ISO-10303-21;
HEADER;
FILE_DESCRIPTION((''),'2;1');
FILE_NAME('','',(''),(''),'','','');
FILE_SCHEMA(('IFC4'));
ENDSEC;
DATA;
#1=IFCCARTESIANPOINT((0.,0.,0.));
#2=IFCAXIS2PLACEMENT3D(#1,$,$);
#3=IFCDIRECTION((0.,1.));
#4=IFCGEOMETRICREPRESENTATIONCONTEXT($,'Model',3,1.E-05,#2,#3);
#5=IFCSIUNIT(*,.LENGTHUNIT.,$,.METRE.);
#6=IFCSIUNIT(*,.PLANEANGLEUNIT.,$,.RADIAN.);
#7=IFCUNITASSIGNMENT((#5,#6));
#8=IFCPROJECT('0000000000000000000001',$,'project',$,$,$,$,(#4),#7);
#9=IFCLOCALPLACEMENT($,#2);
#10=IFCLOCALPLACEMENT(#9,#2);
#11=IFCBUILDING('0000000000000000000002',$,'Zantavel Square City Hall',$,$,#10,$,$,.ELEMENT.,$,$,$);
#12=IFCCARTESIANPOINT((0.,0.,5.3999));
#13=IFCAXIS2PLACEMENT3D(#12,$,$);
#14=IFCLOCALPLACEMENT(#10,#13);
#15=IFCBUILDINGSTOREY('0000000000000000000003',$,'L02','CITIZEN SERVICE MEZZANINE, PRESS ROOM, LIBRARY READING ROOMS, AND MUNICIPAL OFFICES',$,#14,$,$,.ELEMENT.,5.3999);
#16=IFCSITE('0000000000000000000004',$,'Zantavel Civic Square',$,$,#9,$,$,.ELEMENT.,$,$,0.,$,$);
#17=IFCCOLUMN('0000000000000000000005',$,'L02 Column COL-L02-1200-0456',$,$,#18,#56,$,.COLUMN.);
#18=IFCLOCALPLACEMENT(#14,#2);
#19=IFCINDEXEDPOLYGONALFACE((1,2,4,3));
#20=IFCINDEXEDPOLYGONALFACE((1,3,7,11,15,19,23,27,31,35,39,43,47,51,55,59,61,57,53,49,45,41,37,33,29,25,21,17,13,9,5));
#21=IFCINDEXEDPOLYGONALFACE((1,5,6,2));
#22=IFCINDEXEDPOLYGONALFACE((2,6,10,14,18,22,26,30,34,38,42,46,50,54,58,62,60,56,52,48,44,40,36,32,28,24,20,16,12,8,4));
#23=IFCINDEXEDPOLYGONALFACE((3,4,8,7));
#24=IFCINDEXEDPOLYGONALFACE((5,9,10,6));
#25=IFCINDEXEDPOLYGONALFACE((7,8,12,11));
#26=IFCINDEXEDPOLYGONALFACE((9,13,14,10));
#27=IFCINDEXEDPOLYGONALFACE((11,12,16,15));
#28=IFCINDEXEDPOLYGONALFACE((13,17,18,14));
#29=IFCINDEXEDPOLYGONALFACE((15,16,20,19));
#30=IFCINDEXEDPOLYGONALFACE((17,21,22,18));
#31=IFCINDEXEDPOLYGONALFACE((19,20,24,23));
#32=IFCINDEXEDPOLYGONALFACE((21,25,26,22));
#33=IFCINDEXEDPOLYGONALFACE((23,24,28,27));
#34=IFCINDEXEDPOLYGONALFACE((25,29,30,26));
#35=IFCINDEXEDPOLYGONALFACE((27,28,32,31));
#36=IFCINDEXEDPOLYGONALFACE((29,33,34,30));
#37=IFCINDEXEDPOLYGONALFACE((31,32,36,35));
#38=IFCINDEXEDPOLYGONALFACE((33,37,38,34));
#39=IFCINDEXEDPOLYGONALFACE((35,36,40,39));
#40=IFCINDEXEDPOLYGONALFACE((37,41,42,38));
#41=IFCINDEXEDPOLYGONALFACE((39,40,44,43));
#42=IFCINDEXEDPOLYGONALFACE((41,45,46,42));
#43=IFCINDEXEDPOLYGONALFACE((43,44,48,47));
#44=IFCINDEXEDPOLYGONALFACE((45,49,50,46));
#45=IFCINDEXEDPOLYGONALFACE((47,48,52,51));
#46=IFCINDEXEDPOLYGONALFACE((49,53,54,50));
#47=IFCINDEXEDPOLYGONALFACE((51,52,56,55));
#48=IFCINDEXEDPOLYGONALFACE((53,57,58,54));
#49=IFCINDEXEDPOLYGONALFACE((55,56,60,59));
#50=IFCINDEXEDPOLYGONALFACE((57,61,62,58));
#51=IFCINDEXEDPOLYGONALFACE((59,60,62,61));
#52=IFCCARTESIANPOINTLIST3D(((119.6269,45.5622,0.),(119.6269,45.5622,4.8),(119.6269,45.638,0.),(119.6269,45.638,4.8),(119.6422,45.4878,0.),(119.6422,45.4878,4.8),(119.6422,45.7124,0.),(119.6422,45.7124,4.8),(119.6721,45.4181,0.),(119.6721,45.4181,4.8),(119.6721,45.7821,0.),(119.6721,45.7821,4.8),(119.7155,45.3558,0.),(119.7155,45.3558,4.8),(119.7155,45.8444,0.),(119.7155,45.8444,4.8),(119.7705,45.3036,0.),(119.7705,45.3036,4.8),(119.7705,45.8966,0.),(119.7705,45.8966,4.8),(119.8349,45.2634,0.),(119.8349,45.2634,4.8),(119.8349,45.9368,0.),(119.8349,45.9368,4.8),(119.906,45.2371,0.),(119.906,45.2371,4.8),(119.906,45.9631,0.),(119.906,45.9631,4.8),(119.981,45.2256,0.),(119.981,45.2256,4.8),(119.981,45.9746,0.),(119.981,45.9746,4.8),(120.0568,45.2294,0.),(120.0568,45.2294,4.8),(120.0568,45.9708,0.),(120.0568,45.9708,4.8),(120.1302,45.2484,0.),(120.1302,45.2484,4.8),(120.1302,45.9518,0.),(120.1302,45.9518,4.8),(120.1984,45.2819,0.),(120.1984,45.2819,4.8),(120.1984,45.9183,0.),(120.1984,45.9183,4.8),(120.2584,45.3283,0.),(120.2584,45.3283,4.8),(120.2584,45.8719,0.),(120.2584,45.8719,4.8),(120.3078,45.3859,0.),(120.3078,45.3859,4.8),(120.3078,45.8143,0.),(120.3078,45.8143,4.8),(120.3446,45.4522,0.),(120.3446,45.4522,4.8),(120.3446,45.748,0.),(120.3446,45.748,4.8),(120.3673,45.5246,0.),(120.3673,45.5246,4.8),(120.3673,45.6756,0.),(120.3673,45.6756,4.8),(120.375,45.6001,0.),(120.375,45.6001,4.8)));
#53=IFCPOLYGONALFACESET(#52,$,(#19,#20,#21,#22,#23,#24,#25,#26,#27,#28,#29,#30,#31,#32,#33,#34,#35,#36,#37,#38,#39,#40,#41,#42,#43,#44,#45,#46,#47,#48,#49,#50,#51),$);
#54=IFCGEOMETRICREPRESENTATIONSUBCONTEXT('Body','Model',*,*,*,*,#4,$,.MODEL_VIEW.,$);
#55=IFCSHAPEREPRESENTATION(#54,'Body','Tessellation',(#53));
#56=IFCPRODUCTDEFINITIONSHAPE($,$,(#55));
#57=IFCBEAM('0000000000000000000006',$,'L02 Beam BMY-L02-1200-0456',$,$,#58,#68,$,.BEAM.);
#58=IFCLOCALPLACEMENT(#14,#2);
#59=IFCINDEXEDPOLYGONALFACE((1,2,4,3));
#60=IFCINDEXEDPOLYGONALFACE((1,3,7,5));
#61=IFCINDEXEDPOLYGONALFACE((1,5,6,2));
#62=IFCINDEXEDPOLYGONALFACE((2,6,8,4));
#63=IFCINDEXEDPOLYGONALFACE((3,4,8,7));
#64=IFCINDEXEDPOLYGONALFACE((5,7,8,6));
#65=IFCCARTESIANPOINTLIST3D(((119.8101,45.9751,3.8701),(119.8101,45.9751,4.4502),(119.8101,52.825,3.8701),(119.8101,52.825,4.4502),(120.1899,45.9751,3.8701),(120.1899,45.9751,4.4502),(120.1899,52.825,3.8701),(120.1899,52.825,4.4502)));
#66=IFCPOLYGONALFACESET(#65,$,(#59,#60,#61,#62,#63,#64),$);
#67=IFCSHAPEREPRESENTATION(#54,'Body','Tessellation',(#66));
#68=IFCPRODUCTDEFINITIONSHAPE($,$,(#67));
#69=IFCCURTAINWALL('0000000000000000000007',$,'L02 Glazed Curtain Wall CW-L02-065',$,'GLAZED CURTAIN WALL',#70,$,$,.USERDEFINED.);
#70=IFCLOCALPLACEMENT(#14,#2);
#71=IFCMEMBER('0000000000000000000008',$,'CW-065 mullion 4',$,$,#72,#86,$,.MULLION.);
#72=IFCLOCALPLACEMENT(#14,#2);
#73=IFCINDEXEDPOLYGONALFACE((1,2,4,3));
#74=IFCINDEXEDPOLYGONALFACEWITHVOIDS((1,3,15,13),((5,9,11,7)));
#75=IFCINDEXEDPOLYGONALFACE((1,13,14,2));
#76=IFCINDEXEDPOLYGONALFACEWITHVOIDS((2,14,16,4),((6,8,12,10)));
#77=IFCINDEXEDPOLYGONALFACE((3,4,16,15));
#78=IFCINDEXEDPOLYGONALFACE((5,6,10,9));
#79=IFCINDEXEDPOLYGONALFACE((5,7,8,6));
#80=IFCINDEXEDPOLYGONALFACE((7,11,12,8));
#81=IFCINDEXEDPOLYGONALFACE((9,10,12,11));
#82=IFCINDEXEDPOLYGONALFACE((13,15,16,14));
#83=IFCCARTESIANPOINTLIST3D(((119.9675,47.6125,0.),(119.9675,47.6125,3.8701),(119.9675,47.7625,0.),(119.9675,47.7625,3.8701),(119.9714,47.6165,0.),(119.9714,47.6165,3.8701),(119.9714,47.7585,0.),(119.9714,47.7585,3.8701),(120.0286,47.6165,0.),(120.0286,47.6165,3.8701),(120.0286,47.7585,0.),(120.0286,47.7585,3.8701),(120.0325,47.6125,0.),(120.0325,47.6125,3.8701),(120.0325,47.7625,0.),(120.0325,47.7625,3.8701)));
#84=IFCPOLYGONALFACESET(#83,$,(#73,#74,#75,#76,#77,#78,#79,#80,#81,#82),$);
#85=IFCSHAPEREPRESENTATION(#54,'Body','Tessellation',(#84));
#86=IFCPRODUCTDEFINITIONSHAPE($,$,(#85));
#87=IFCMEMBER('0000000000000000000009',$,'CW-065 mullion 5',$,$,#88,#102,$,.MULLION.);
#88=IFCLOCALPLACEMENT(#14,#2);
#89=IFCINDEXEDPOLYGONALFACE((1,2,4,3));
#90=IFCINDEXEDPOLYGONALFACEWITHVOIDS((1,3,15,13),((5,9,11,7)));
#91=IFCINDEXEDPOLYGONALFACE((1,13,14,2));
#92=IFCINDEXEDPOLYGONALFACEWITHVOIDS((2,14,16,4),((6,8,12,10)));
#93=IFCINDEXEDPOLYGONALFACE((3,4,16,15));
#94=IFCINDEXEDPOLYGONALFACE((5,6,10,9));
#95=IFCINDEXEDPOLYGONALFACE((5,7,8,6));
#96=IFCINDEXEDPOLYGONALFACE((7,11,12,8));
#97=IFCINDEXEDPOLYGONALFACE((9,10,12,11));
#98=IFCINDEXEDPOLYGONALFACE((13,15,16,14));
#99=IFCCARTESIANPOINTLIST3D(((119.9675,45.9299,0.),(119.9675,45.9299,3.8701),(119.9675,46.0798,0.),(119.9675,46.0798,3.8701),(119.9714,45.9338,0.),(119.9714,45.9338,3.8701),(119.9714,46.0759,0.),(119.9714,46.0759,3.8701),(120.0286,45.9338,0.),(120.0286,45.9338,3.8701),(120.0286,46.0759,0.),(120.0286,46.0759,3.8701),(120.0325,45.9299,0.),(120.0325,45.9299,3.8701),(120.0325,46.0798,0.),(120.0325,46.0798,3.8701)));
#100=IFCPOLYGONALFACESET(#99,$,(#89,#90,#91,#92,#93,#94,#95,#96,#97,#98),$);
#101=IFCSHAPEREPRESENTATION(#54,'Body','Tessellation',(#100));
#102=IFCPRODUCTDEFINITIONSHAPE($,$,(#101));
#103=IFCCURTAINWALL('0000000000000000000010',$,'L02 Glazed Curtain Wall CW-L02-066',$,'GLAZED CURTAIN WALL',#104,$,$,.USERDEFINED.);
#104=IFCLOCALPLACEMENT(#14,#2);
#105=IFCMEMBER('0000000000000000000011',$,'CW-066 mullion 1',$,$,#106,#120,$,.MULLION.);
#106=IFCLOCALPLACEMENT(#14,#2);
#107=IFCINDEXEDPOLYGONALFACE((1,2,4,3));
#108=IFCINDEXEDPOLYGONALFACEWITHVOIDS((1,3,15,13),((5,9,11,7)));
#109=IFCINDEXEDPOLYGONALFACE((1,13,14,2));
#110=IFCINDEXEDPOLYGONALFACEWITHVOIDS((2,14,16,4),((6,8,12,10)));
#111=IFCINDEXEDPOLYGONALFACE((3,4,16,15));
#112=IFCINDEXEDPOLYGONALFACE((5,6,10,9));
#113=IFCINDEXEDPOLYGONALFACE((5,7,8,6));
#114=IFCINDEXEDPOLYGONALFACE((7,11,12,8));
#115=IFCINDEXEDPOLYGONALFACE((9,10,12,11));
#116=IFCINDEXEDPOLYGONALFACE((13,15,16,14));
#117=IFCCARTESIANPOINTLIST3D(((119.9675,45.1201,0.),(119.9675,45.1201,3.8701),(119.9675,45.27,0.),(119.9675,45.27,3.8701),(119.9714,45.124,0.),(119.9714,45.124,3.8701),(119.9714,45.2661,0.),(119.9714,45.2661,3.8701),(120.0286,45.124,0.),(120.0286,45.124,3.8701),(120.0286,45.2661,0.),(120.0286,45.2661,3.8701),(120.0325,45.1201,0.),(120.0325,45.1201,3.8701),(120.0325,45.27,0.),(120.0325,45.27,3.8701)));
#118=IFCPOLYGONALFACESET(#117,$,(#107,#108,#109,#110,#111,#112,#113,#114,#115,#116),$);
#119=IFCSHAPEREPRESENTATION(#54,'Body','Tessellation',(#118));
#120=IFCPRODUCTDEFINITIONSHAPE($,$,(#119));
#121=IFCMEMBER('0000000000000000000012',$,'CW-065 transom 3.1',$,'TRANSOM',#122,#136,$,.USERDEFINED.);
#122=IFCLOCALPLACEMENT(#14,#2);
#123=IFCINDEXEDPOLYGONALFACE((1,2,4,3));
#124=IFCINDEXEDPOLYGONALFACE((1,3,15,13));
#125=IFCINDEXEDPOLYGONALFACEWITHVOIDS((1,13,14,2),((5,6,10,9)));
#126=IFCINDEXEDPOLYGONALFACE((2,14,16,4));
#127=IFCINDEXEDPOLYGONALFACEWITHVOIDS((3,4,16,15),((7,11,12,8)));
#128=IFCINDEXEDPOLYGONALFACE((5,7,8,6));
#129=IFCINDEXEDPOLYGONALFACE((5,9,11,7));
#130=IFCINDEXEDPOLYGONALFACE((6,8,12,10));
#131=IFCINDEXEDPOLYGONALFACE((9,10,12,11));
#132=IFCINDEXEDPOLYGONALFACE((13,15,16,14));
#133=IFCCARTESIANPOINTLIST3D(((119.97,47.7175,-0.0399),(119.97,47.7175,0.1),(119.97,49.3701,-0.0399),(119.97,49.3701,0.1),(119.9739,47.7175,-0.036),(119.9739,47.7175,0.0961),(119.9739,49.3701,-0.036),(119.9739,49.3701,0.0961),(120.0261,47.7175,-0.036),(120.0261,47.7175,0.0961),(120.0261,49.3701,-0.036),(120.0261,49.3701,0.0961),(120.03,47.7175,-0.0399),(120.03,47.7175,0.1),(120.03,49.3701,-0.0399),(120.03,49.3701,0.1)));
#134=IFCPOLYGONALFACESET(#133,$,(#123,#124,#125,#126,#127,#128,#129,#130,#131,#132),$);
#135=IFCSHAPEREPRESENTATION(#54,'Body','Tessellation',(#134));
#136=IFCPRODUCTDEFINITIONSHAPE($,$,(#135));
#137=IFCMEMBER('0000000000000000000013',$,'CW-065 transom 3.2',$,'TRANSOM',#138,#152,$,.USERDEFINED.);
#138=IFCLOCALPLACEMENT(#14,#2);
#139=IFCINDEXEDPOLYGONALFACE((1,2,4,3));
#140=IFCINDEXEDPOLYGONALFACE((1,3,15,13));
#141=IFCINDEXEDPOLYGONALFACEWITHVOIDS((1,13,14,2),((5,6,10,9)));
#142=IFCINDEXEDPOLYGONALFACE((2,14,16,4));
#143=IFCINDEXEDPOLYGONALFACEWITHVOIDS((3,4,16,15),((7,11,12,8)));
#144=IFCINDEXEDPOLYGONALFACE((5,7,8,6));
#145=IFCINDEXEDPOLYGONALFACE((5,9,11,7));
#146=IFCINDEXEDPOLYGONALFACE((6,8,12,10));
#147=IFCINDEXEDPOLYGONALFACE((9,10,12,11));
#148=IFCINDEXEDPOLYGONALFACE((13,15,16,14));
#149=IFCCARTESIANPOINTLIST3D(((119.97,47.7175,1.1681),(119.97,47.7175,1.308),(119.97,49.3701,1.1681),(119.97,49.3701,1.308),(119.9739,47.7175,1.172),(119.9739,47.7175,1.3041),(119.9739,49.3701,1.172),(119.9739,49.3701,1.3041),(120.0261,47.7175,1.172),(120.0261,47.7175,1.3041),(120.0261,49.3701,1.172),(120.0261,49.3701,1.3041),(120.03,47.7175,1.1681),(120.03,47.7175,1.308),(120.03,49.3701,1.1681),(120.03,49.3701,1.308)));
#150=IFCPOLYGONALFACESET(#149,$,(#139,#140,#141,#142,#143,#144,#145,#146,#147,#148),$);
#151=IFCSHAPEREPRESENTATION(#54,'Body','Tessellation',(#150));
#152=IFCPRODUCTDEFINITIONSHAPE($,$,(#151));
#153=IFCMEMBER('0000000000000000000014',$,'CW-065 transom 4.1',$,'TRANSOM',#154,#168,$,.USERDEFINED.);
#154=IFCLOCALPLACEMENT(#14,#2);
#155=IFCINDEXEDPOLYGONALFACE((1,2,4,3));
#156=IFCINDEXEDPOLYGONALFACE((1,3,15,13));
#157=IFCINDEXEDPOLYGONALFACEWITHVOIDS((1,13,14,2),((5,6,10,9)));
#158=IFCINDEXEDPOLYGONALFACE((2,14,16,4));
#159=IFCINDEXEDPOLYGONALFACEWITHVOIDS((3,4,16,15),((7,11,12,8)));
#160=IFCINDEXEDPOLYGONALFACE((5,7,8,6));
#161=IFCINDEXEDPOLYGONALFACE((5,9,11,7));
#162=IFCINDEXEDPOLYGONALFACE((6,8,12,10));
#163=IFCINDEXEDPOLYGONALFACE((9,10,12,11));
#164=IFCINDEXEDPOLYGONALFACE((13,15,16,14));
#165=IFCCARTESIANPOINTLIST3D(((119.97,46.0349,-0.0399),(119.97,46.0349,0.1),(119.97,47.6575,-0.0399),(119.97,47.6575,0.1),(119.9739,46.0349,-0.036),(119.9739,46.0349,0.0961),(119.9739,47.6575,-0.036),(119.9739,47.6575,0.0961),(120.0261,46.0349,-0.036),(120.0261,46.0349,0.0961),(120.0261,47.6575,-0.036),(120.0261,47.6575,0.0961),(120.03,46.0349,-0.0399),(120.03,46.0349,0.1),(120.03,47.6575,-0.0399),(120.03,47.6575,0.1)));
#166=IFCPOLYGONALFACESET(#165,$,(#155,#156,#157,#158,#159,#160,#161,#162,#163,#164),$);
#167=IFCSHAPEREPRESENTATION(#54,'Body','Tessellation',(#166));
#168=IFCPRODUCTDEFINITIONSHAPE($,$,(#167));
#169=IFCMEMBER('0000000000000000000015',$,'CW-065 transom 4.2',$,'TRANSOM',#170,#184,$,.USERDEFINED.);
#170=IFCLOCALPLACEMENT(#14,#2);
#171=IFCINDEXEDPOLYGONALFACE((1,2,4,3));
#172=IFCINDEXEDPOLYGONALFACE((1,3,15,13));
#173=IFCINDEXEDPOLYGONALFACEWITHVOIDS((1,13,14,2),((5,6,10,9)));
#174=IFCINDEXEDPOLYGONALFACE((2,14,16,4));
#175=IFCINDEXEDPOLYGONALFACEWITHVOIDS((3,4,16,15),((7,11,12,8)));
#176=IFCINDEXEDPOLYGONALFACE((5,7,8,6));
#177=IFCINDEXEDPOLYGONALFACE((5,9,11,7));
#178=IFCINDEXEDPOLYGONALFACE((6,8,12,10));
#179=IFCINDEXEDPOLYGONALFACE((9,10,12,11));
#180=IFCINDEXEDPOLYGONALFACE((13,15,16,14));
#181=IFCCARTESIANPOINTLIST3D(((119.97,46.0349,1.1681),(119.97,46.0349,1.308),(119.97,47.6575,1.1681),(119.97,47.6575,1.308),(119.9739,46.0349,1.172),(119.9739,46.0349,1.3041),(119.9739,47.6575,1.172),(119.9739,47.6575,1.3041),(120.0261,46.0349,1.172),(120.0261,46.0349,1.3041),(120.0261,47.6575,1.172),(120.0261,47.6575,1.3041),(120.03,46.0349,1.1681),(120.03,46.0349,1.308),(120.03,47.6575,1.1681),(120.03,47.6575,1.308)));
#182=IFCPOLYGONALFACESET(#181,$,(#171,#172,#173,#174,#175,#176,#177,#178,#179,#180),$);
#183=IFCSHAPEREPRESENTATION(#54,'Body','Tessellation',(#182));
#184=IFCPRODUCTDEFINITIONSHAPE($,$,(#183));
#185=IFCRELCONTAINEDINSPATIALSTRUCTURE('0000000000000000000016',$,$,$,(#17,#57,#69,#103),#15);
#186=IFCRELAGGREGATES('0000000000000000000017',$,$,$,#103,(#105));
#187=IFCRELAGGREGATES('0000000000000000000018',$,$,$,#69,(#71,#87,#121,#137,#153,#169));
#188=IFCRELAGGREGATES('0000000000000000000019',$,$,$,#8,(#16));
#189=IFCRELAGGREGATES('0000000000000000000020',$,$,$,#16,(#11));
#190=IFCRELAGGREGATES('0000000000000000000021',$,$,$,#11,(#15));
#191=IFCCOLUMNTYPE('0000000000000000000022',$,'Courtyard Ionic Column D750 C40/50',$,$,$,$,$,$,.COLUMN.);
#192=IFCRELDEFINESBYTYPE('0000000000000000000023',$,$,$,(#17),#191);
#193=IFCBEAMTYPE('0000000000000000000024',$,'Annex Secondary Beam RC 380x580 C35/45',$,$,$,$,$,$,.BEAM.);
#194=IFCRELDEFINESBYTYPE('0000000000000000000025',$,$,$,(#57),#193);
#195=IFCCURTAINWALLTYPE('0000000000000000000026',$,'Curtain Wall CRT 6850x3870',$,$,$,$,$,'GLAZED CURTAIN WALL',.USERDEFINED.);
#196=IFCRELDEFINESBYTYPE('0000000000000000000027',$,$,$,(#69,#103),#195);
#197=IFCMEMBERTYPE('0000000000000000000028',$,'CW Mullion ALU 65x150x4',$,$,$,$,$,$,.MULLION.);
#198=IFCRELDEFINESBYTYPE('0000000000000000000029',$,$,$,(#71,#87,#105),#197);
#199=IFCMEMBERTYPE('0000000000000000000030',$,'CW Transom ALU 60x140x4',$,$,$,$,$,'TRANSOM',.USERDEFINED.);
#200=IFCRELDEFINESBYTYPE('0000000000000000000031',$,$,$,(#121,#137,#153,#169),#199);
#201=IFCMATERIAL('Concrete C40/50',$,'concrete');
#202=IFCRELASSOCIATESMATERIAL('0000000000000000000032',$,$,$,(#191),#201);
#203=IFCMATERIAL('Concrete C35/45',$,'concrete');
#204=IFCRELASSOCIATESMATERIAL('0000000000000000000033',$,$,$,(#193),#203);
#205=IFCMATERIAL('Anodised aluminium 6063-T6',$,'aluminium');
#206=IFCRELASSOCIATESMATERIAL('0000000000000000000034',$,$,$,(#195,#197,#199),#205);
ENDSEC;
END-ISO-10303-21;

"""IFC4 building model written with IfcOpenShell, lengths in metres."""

from ifc_helpers import new_model, si_unit, direction, frame, origin, origin_2d, place, context, subcontext, project, spatial, rectangle, hollow_rectangle, circle, extrude, material, material_profile, profile_set, type_object, element, aggregate, save


model = new_model("IFC4")

# Units and contexts
model_context = context("Model", 3, precision=1e-05, world=origin(), true_north=direction((0.0, 1.0)))
body_context = subcontext(model_context, "Body", "Model", "MODEL_VIEW")
ifc_project = project(units=[si_unit("LENGTHUNIT", "METRE"), si_unit("PLANEANGLEUNIT", "RADIAN")], contexts=[model_context])

# Site, building, storey
site_placement = place(None, origin())
site = spatial("IfcSite", under=ifc_project, at=site_placement, Name="Zantavel Civic Square", CompositionType="ELEMENT", RefElevation=0.0)
building_placement = place(site_placement, origin())
building = spatial("IfcBuilding", under=site, at=building_placement, Name="Zantavel Square City Hall", CompositionType="ELEMENT")
storey_placement = place(building_placement, frame((0.0, 0.0, 5.3999)))
storey = spatial("IfcBuildingStorey", under=building, at=storey_placement, Name="L02", Description="CITIZEN SERVICE MEZZANINE, PRESS ROOM, LIBRARY READING ROOMS, AND MUNICIPAL OFFICES", CompositionType="ELEMENT", Elevation=5.3999)

# Column
ifc_material_1 = material(Name="Concrete C40/50", Category="concrete")
ifc_material_profile_1 = material_profile(ifc_material_1, circle(Radius=0.375, at=origin_2d()), Name="ROUND D750")
ifc_profile_set_1 = profile_set([ifc_material_profile_1], Name="Concrete C40/50")
column_type = type_object("IfcColumnType", Name="Courtyard Ionic Column D750 C40/50", PredefinedType="COLUMN", material=ifc_profile_set_1)
column_placement = place(storey_placement, frame((120.0, 45.6001, 0.0), z_axis=(0.0, 0.0, 1.0), x_axis=(1.0, 0.0, 0.0)))
element("IfcColumn", 1, at=column_placement, inside=storey, type_object=column_type, Name="L02 Column COL-L02-1200-0456", PredefinedType="COLUMN", context=body_context, shape_type="SweptSolid", body=[
    extrude(circle(Radius=0.375, at=origin_2d()), origin(), (0.0, 0.0, 1.0), 4.8),
])

# Beam
ifc_material_2 = material(Name="Concrete C35/45", Category="concrete")
ifc_material_profile_2 = material_profile(ifc_material_2, rectangle(XDim=0.3799, YDim=0.5801, at=origin_2d()), Name="RC 380x580")
ifc_profile_set_2 = profile_set([ifc_material_profile_2], Name="Concrete C35/45")
beam_type = type_object("IfcBeamType", Name="Annex Secondary Beam RC 380x580 C35/45", PredefinedType="BEAM", material=ifc_profile_set_2)
beam_placement = place(storey_placement, frame((120.0, 45.9751, 4.1602), z_axis=(0.0, 1.0, 0.0), x_axis=(-1.0, 0.0, 0.0)))
element("IfcBeam", 2, at=beam_placement, inside=storey, type_object=beam_type, Name="L02 Beam BMY-L02-1200-0456", PredefinedType="BEAM", context=body_context, shape_type="SweptSolid", body=[
    extrude(rectangle(XDim=0.3799, YDim=0.5801, at=origin_2d()), origin(), (0.0, 0.0, 1.0), 6.8499),
])

# Curtain wall, members
ifc_material_3 = material(Name="Anodised aluminium 6063-T6", Category="aluminium")
curtain_wall_type = type_object("IfcCurtainWallType", Name="Curtain Wall CRT 6850x3870", ElementType="GLAZED CURTAIN WALL", PredefinedType="USERDEFINED", material=ifc_material_3)
curtain_wall_1_placement = place(storey_placement, origin())
curtain_wall_1 = element("IfcCurtainWall", 3, at=curtain_wall_1_placement, inside=storey, type_object=curtain_wall_type, Name="L02 Glazed Curtain Wall CW-L02-065", ObjectType="GLAZED CURTAIN WALL", PredefinedType="USERDEFINED")
ifc_material_profile_3 = material_profile(ifc_material_3, hollow_rectangle(XDim=0.0649, YDim=0.1499, WallThickness=0.0039, at=origin_2d()), Name="ALU 65x150x4")
ifc_profile_set_3 = profile_set([ifc_material_profile_3], Name="Anodised aluminium 6063-T6")
member_type_1 = type_object("IfcMemberType", Name="CW Mullion ALU 65x150x4", PredefinedType="MULLION", material=ifc_profile_set_3)
member_1_placement = place(storey_placement, frame((120.0, 47.6875, 0.0), z_axis=(0.0, 0.0, 1.0), x_axis=(1.0, 0.0, 0.0)))
member_1 = element("IfcMember", 4, at=member_1_placement, type_object=member_type_1, Name="CW-065 mullion 4", PredefinedType="MULLION", context=body_context, shape_type="SweptSolid", body=[
    extrude(hollow_rectangle(XDim=0.0649, YDim=0.1499, WallThickness=0.0039, at=origin_2d()), origin(), (0.0, 0.0, 1.0), 3.8701),
])
member_2_placement = place(storey_placement, frame((120.0, 46.0049, 0.0), z_axis=(0.0, 0.0, 1.0), x_axis=(1.0, 0.0, 0.0)))
member_2 = element("IfcMember", 5, at=member_2_placement, type_object=member_type_1, Name="CW-065 mullion 5", PredefinedType="MULLION", context=body_context, shape_type="SweptSolid", body=[
    extrude(hollow_rectangle(XDim=0.0649, YDim=0.1499, WallThickness=0.0039, at=origin_2d()), origin(), (0.0, 0.0, 1.0), 3.8701),
])

# Curtain wall, member
curtain_wall_2_placement = place(storey_placement, origin())
curtain_wall_2 = element("IfcCurtainWall", 6, at=curtain_wall_2_placement, inside=storey, type_object=curtain_wall_type, Name="L02 Glazed Curtain Wall CW-L02-066", ObjectType="GLAZED CURTAIN WALL", PredefinedType="USERDEFINED")
member_3_placement = place(storey_placement, frame((120.0, 45.1951, 0.0), z_axis=(0.0, 0.0, 1.0), x_axis=(1.0, 0.0, 0.0)))
member_3 = element("IfcMember", 7, at=member_3_placement, type_object=member_type_1, Name="CW-066 mullion 1", PredefinedType="MULLION", context=body_context, shape_type="SweptSolid", body=[
    extrude(hollow_rectangle(XDim=0.0649, YDim=0.1499, WallThickness=0.0039, at=origin_2d()), origin(), (0.0, 0.0, 1.0), 3.8701),
])

# Members
ifc_material_profile_4 = material_profile(ifc_material_3, hollow_rectangle(XDim=0.0601, YDim=0.1399, WallThickness=0.0039, at=origin_2d()), Name="ALU 60x140x4")
ifc_profile_set_4 = profile_set([ifc_material_profile_4], Name="Anodised aluminium 6063-T6")
member_type_2 = type_object("IfcMemberType", Name="CW Transom ALU 60x140x4", ElementType="TRANSOM", PredefinedType="USERDEFINED", material=ifc_profile_set_4)
member_4_placement = place(storey_placement, frame((120.0, 49.3701, 0.03), z_axis=(0.0, -1.0, 0.0), x_axis=(1.0, 0.0, 0.0)))
member_4 = element("IfcMember", 8, at=member_4_placement, type_object=member_type_2, Name="CW-065 transom 3.1", ObjectType="TRANSOM", PredefinedType="USERDEFINED", context=body_context, shape_type="SweptSolid", body=[
    extrude(hollow_rectangle(XDim=0.0601, YDim=0.1399, WallThickness=0.0039, at=origin_2d()), origin(), (0.0, 0.0, 1.0), 1.6526),
])
member_5_placement = place(storey_placement, frame((120.0, 49.3701, 1.238), z_axis=(0.0, -1.0, 0.0), x_axis=(1.0, 0.0, 0.0)))
member_5 = element("IfcMember", 9, at=member_5_placement, type_object=member_type_2, Name="CW-065 transom 3.2", ObjectType="TRANSOM", PredefinedType="USERDEFINED", context=body_context, shape_type="SweptSolid", body=[
    extrude(hollow_rectangle(XDim=0.0601, YDim=0.1399, WallThickness=0.0039, at=origin_2d()), origin(), (0.0, 0.0, 1.0), 1.6526),
])
member_6_placement = place(storey_placement, frame((120.0, 47.6575, 0.03), z_axis=(0.0, -1.0, 0.0), x_axis=(1.0, 0.0, 0.0)))
member_6 = element("IfcMember", 10, at=member_6_placement, type_object=member_type_2, Name="CW-065 transom 4.1", ObjectType="TRANSOM", PredefinedType="USERDEFINED", context=body_context, shape_type="SweptSolid", body=[
    extrude(hollow_rectangle(XDim=0.0601, YDim=0.1399, WallThickness=0.0039, at=origin_2d()), origin(), (0.0, 0.0, 1.0), 1.6226),
])
member_7_placement = place(storey_placement, frame((120.0, 47.6575, 1.238), z_axis=(0.0, -1.0, 0.0), x_axis=(1.0, 0.0, 0.0)))
member_7 = element("IfcMember", 11, at=member_7_placement, type_object=member_type_2, Name="CW-065 transom 4.2", ObjectType="TRANSOM", PredefinedType="USERDEFINED", context=body_context, shape_type="SweptSolid", body=[
    extrude(hollow_rectangle(XDim=0.0601, YDim=0.1399, WallThickness=0.0039, at=origin_2d()), origin(), (0.0, 0.0, 1.0), 1.6226),
])
aggregate(curtain_wall_2, [member_3])

aggregate(curtain_wall_1, [member_1, member_2, member_4, member_5, member_6, member_7])

save(model, "model.ifc")
